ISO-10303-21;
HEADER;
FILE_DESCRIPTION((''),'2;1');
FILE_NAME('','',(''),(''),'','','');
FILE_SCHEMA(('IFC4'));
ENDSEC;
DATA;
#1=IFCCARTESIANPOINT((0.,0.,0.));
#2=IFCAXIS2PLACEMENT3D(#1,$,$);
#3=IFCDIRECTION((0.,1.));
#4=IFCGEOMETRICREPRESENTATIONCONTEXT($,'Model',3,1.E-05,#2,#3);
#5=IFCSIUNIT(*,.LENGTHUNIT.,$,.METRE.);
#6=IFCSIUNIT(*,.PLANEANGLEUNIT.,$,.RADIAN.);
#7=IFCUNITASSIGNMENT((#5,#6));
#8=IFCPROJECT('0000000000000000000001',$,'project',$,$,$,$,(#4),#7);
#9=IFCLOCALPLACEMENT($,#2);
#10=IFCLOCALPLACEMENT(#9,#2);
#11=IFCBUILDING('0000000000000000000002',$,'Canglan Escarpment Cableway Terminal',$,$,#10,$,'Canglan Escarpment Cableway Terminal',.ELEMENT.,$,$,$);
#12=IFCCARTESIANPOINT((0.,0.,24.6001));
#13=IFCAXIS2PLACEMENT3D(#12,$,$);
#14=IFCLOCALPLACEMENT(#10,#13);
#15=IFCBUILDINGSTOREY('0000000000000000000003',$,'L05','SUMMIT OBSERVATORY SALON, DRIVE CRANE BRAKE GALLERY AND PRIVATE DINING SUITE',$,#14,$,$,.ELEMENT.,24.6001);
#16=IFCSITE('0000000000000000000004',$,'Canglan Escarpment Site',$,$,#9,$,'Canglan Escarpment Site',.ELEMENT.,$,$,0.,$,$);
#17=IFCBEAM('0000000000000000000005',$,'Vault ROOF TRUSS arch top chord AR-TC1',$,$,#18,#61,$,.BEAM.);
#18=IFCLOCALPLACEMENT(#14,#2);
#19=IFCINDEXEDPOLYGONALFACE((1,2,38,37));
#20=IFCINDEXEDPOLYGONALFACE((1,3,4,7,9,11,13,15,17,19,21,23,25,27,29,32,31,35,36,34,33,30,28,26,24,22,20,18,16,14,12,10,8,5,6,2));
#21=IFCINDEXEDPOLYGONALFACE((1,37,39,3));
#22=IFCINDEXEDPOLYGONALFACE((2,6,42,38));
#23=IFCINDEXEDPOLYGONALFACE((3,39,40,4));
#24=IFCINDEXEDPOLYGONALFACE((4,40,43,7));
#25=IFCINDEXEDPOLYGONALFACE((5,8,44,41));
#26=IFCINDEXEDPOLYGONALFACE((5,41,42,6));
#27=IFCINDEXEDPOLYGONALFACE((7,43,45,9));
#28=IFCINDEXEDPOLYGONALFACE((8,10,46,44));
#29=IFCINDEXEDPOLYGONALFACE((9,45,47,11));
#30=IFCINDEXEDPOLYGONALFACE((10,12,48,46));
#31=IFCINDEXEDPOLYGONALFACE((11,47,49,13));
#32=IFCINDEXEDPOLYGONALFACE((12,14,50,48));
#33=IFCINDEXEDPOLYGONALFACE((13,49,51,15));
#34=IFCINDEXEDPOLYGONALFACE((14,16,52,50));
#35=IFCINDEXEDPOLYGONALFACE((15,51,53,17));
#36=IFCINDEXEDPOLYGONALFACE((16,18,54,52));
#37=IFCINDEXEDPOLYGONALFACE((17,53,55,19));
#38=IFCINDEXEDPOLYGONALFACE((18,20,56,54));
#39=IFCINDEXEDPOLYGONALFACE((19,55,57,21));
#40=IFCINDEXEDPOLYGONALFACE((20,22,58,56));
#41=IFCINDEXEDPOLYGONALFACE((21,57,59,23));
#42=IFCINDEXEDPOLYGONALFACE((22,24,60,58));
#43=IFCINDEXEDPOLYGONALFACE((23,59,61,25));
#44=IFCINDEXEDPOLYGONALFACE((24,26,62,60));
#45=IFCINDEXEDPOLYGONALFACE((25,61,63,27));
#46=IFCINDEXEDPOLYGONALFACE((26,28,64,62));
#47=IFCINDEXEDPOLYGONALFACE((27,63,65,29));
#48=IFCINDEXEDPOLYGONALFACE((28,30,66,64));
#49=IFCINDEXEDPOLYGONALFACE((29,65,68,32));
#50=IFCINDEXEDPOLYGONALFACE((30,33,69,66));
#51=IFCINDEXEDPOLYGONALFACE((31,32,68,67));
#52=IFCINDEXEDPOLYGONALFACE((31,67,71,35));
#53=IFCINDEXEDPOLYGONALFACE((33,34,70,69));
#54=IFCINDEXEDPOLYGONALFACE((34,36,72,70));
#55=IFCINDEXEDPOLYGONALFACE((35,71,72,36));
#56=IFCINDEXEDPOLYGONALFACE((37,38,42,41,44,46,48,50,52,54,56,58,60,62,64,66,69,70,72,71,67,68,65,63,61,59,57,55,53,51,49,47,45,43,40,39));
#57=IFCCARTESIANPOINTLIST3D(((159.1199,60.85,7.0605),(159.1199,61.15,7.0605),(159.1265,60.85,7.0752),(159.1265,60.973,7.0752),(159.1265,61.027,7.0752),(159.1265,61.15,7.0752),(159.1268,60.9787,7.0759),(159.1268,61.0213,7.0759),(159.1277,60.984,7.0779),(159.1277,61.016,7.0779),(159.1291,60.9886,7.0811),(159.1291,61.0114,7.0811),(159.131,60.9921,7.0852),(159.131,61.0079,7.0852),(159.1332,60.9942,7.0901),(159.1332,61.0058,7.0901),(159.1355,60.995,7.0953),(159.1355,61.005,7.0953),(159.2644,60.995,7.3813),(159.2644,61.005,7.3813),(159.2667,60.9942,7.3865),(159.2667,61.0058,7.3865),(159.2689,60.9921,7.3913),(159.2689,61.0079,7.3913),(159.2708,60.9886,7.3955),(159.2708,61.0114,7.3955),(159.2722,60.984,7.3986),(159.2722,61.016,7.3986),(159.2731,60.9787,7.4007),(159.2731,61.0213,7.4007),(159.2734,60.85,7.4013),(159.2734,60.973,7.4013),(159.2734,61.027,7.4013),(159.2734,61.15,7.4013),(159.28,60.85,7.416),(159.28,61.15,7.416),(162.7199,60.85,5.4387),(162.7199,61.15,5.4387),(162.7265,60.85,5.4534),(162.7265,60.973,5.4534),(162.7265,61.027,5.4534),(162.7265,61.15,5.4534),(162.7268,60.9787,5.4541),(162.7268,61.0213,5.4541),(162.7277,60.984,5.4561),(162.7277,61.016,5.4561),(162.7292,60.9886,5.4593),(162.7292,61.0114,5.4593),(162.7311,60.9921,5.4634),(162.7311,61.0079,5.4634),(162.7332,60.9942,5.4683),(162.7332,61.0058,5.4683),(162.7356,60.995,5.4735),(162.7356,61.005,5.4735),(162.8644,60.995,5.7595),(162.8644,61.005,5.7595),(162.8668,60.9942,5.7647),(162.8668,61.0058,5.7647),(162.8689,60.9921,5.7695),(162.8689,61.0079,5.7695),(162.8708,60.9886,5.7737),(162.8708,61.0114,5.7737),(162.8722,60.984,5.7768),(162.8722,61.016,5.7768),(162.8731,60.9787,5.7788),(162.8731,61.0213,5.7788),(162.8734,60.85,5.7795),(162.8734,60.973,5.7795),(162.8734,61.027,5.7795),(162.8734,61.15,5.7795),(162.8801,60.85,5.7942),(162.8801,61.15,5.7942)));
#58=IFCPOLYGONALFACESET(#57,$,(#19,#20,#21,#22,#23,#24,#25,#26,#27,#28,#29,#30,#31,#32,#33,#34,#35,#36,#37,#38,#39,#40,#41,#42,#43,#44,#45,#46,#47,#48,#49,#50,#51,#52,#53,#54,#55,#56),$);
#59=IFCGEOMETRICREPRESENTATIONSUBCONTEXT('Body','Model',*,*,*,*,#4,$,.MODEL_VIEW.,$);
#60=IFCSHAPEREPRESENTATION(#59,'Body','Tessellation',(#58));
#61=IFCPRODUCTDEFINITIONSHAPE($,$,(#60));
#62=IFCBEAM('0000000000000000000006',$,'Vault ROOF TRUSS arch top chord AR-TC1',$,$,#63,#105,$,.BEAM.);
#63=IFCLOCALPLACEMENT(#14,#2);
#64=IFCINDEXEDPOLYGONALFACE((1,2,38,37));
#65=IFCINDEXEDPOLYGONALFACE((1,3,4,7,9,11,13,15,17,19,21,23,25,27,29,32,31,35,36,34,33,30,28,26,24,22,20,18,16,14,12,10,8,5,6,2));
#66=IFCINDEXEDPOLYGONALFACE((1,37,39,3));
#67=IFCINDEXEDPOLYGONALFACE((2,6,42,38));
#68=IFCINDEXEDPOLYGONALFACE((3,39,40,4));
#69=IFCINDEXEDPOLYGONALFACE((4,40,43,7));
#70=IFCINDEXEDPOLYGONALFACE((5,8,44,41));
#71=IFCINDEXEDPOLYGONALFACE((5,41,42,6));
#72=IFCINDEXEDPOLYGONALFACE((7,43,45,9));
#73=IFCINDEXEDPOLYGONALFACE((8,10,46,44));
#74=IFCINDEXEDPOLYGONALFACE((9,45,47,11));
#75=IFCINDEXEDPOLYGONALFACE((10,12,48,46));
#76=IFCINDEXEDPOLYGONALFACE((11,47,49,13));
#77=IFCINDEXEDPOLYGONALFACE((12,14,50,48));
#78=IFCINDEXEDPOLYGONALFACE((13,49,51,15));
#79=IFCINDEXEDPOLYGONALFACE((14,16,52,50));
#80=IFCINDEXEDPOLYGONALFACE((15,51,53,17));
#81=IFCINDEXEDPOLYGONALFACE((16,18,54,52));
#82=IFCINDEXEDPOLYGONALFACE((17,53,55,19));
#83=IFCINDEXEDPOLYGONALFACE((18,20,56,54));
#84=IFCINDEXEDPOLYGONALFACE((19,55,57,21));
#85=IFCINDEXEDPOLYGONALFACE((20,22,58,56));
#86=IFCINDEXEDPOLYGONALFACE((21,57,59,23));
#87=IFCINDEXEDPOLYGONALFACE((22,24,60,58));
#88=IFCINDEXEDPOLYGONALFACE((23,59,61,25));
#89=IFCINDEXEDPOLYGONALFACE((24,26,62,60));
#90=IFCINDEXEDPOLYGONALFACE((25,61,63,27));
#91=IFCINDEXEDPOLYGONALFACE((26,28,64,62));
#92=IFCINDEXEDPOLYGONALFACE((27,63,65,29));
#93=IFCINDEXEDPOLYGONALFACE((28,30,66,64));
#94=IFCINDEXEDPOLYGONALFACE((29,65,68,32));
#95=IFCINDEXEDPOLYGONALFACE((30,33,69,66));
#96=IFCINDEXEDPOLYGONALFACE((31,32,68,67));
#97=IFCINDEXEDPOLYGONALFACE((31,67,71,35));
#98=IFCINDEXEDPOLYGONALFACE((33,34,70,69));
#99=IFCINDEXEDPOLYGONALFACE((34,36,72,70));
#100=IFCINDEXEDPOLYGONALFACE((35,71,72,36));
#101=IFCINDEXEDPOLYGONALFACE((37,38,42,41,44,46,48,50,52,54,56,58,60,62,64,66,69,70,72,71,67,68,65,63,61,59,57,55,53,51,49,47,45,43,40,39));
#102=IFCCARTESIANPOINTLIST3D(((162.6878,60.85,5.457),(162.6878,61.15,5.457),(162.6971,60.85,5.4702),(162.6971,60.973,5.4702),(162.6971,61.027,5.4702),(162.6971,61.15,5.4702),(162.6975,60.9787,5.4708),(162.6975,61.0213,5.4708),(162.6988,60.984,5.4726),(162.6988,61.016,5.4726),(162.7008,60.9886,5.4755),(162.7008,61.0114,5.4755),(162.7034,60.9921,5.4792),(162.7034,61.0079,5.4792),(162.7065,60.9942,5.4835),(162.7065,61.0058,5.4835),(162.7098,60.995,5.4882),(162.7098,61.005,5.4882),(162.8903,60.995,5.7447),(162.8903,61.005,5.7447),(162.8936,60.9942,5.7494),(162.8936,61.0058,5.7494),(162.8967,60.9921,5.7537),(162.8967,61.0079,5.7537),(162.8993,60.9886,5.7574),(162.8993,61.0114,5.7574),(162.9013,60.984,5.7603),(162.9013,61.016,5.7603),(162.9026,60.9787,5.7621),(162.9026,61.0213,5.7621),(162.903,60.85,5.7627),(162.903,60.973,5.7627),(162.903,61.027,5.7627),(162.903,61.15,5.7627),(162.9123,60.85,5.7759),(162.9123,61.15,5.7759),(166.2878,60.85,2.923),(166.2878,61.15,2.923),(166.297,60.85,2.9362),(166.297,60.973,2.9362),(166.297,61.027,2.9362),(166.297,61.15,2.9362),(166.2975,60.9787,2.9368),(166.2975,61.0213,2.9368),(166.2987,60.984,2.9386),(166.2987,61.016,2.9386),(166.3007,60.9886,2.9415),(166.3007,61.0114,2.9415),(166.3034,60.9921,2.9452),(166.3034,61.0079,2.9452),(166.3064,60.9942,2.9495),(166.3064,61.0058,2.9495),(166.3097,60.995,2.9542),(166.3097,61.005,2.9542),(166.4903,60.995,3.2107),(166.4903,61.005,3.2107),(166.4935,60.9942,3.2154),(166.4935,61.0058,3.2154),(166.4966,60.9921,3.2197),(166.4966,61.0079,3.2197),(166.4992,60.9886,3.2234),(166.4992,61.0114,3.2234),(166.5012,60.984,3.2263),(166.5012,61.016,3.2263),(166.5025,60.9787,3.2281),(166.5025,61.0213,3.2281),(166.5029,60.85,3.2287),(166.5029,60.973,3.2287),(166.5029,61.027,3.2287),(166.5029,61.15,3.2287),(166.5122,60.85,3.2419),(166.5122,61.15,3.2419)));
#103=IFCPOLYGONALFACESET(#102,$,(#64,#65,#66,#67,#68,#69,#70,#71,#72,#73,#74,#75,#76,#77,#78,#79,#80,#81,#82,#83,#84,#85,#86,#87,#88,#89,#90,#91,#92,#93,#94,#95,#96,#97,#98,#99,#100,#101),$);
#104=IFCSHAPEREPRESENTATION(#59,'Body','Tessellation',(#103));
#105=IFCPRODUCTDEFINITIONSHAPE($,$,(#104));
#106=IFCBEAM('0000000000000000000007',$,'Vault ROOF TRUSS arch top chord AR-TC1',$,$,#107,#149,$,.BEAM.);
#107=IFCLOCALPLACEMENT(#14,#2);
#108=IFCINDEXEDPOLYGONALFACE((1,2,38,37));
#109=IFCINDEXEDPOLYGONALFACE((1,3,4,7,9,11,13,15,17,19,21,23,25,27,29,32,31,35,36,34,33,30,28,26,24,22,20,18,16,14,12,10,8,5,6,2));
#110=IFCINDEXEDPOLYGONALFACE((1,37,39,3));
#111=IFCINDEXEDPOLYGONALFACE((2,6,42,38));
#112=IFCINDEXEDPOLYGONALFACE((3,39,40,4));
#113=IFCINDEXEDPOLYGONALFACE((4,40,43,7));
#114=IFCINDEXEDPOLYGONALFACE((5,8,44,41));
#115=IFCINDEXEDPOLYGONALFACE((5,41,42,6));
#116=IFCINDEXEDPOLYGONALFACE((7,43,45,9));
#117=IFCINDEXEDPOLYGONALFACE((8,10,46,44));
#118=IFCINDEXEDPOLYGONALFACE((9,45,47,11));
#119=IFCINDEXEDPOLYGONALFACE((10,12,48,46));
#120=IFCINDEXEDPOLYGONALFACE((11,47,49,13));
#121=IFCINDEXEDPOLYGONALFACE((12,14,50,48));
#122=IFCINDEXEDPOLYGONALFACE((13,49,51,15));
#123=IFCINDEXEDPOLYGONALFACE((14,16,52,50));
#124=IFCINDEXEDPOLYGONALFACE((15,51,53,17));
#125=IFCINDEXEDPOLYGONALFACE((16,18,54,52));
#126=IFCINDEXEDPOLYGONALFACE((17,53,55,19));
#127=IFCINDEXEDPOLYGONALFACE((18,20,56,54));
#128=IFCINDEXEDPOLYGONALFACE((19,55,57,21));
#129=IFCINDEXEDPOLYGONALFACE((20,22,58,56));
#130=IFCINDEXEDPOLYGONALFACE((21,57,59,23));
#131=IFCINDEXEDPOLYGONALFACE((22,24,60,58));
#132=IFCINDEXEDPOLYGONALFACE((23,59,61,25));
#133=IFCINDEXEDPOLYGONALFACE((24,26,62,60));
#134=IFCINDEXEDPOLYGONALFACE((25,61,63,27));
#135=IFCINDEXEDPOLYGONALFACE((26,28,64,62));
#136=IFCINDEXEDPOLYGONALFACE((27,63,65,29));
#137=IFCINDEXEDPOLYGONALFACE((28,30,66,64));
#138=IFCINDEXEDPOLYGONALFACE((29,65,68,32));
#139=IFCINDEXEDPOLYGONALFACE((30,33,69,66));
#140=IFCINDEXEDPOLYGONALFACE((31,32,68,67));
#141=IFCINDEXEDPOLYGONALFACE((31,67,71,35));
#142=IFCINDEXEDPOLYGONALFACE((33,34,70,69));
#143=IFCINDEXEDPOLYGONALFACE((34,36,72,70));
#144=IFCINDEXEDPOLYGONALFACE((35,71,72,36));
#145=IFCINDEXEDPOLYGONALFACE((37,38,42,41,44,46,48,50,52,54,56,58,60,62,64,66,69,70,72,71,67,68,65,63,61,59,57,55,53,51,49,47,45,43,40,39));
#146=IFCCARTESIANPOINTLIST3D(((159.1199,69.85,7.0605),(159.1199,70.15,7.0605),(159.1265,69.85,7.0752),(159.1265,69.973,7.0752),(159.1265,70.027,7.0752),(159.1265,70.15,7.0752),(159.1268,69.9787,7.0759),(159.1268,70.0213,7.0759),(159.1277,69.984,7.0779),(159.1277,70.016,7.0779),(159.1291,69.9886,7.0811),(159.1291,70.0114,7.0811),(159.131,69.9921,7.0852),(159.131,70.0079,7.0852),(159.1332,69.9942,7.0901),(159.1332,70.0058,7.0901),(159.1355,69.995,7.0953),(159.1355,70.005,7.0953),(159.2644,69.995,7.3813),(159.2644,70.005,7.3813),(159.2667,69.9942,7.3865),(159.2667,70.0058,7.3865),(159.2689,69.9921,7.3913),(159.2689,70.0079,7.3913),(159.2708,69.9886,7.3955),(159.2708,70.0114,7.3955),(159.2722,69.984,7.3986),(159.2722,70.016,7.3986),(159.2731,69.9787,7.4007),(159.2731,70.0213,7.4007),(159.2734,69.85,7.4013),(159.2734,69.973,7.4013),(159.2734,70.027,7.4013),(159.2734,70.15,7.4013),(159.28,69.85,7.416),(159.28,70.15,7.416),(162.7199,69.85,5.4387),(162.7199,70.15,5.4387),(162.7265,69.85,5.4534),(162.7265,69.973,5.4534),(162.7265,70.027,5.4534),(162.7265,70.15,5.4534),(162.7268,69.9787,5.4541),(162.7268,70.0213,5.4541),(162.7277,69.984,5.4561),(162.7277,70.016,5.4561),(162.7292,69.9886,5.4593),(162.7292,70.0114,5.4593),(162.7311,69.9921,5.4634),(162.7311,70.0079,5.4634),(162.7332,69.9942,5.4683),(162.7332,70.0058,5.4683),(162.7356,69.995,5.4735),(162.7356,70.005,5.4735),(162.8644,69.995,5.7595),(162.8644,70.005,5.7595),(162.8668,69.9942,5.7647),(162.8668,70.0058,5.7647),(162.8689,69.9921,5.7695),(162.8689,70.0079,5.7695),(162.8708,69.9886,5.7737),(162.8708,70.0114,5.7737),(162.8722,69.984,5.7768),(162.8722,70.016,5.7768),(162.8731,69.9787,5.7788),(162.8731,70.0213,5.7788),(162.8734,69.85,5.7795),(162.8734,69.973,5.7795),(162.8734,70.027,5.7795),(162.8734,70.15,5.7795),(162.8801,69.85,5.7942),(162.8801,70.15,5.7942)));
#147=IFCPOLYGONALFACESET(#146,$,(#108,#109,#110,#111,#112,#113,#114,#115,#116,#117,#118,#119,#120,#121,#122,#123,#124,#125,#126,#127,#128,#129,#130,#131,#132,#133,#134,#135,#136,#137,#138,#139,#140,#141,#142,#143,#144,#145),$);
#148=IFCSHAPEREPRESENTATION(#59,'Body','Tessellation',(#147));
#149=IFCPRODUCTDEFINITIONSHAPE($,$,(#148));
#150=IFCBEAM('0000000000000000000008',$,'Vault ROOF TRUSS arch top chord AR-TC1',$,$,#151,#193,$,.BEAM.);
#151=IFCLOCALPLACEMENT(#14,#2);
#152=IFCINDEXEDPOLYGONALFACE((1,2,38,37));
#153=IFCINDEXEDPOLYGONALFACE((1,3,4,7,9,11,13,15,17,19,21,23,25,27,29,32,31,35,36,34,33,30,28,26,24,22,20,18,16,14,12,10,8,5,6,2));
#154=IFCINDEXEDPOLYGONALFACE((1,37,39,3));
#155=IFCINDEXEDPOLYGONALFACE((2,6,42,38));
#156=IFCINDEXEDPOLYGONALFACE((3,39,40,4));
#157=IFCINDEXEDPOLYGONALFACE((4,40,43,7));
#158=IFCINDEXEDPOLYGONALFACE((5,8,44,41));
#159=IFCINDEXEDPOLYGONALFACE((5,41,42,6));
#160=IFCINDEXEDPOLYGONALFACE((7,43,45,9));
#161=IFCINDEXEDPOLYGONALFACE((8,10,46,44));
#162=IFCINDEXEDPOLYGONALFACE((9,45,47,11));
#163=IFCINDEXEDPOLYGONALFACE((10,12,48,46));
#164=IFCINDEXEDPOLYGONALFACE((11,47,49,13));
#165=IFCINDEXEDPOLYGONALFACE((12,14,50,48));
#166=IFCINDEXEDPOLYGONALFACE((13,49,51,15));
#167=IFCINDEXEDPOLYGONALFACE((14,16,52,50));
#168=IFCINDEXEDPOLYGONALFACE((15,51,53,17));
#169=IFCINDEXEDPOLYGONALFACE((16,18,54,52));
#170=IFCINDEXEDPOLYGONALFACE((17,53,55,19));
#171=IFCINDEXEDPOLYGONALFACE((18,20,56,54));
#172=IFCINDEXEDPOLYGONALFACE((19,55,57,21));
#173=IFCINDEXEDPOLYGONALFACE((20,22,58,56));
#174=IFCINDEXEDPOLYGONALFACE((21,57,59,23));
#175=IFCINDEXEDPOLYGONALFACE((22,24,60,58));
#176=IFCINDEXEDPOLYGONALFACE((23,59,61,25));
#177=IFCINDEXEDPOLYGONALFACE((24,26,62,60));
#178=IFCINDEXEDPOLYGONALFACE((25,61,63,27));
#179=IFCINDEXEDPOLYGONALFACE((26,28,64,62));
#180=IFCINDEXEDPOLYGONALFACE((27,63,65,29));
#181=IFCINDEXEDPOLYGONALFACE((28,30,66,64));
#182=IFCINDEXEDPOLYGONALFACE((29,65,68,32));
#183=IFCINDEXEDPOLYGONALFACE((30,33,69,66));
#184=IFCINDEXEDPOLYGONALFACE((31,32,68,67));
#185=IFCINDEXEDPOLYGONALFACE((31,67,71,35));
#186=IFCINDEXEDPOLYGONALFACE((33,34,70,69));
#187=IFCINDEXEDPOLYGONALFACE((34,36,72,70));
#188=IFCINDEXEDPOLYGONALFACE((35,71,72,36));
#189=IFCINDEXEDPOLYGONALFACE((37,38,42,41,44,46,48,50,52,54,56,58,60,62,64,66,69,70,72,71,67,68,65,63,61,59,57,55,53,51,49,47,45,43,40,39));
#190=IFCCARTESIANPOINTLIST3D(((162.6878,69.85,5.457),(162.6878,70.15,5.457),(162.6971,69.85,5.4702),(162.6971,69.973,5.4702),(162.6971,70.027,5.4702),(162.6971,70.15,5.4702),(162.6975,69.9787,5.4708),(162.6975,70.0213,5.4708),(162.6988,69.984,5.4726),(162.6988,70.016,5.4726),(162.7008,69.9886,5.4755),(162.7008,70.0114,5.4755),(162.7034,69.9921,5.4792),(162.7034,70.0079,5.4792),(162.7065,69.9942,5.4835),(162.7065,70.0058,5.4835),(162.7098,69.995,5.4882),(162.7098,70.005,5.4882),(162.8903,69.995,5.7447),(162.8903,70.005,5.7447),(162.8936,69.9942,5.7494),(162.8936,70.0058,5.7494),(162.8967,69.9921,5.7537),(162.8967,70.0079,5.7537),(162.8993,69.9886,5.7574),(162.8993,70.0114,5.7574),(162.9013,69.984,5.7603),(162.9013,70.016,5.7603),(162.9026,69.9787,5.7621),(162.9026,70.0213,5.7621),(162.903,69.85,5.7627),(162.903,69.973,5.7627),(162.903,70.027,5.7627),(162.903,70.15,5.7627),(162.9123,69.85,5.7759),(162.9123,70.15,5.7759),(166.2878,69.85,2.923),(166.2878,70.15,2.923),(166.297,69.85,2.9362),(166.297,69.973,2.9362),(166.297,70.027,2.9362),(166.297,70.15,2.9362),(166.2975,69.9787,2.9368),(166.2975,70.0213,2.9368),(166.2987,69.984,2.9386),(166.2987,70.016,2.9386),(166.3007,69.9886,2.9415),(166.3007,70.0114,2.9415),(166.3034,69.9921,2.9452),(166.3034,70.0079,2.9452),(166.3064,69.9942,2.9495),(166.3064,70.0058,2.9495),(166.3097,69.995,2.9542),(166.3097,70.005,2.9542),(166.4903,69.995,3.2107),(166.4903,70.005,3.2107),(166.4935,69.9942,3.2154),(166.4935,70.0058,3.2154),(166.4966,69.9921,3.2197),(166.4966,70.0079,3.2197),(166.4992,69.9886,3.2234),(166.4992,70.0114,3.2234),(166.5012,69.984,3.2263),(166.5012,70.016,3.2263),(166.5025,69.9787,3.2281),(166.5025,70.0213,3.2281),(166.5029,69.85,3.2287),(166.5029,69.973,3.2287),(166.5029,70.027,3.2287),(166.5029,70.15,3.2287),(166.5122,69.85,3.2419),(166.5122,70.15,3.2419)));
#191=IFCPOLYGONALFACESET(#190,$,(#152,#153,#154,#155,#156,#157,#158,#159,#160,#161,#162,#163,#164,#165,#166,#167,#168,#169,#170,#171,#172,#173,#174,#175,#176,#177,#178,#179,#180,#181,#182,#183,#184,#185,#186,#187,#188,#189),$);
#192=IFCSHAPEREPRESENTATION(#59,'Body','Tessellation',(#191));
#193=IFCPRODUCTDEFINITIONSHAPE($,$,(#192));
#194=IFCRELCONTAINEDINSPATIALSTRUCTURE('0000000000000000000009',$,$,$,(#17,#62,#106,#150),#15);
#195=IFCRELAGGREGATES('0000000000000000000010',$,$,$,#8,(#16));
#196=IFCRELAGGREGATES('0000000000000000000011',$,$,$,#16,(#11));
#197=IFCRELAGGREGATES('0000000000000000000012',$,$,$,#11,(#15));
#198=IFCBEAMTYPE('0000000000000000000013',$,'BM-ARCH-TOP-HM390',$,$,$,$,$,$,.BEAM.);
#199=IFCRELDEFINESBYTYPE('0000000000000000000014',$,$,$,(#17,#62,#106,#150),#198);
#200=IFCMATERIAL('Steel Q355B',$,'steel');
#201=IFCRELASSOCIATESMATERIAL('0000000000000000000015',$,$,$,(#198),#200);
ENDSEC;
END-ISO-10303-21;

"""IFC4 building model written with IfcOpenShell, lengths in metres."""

from ifc_helpers import new_model, si_unit, direction, frame, origin, origin_2d, place, context, subcontext, project, spatial, i_section, extrude, material, material_profile, profile_set, type_object, element, save


model = new_model("IFC4")

# Units and contexts
model_context = context("Model", 3, precision=1e-05, world=origin(), true_north=direction((0.0, 1.0)))
body_context = subcontext(model_context, "Body", "Model", "MODEL_VIEW")
ifc_project = project(units=[si_unit("LENGTHUNIT", "METRE"), si_unit("PLANEANGLEUNIT", "RADIAN")], contexts=[model_context])

# Site, building, storey
site_placement = place(None, origin())
site = spatial("IfcSite", under=ifc_project, at=site_placement, Name="Canglan Escarpment Site", LongName="Canglan Escarpment Site", CompositionType="ELEMENT", RefElevation=0.0)
building_placement = place(site_placement, origin())
building = spatial("IfcBuilding", under=site, at=building_placement, Name="Canglan Escarpment Cableway Terminal", LongName="Canglan Escarpment Cableway Terminal", CompositionType="ELEMENT")
storey_placement = place(building_placement, frame((0.0, 0.0, 24.6001)))
storey = spatial("IfcBuildingStorey", under=building, at=storey_placement, Name="L05", Description="SUMMIT OBSERVATORY SALON, DRIVE CRANE BRAKE GALLERY AND PRIVATE DINING SUITE", CompositionType="ELEMENT", Elevation=24.6001)

# Beams
ifc_material = material(Name="Steel Q355B", Category="steel")
ifc_material_profile_1 = material_profile(ifc_material, i_section(OverallWidth=0.3, OverallDepth=0.3899, WebThickness=0.01, FlangeThickness=0.0161, FilletRadius=0.022, at=origin_2d()), Name="HM 390x300x10x16")
ifc_profile_set_1 = profile_set([ifc_material_profile_1], Name="Steel Q355B")
beam_type = type_object("IfcBeamType", Name="BM-ARCH-TOP-HM390", PredefinedType="BEAM", material=ifc_profile_set_1)
beam_1_placement = place(storey_placement, frame((159.2, 61.0, 7.2383), z_axis=(0.911753, 0.0, -0.41074), x_axis=(0.0, 1.0, 0.0)))
element("IfcBeam", 1, at=beam_1_placement, inside=storey, type_object=beam_type, Name="Vault ROOF TRUSS arch top chord AR-TC1", PredefinedType="BEAM", context=body_context, shape_type="SweptSolid", body=[
    extrude(i_section(OverallWidth=0.3, OverallDepth=0.3899, WebThickness=0.01, FlangeThickness=0.0161, FilletRadius=0.022, at=origin_2d()), origin(), (0.0, 0.0, 1.0), 3.9485),
])
beam_2_placement = place(storey_placement, frame((162.8, 61.0, 5.6165), z_axis=(0.817731, 0.0, -0.575601), x_axis=(0.0, 1.0, 0.0)))
element("IfcBeam", 2, at=beam_2_placement, inside=storey, type_object=beam_type, Name="Vault ROOF TRUSS arch top chord AR-TC1", PredefinedType="BEAM", context=body_context, shape_type="SweptSolid", body=[
    extrude(i_section(OverallWidth=0.3, OverallDepth=0.3899, WebThickness=0.01, FlangeThickness=0.0161, FilletRadius=0.022, at=origin_2d()), origin(), (0.0, 0.0, 1.0), 4.4023),
])
beam_3_placement = place(storey_placement, frame((159.2, 70.0, 7.2383), z_axis=(0.911753, 0.0, -0.41074), x_axis=(0.0, 1.0, 0.0)))
element("IfcBeam", 3, at=beam_3_placement, inside=storey, type_object=beam_type, Name="Vault ROOF TRUSS arch top chord AR-TC1", PredefinedType="BEAM", context=body_context, shape_type="SweptSolid", body=[
    extrude(i_section(OverallWidth=0.3, OverallDepth=0.3899, WebThickness=0.01, FlangeThickness=0.0161, FilletRadius=0.022, at=origin_2d()), origin(), (0.0, 0.0, 1.0), 3.9485),
])
beam_4_placement = place(storey_placement, frame((162.8, 70.0, 5.6165), z_axis=(0.817731, 0.0, -0.575601), x_axis=(0.0, 1.0, 0.0)))
element("IfcBeam", 4, at=beam_4_placement, inside=storey, type_object=beam_type, Name="Vault ROOF TRUSS arch top chord AR-TC1", PredefinedType="BEAM", context=body_context, shape_type="SweptSolid", body=[
    extrude(i_section(OverallWidth=0.3, OverallDepth=0.3899, WebThickness=0.01, FlangeThickness=0.0161, FilletRadius=0.022, at=origin_2d()), origin(), (0.0, 0.0, 1.0), 4.4023),
])

save(model, "model.ifc")
